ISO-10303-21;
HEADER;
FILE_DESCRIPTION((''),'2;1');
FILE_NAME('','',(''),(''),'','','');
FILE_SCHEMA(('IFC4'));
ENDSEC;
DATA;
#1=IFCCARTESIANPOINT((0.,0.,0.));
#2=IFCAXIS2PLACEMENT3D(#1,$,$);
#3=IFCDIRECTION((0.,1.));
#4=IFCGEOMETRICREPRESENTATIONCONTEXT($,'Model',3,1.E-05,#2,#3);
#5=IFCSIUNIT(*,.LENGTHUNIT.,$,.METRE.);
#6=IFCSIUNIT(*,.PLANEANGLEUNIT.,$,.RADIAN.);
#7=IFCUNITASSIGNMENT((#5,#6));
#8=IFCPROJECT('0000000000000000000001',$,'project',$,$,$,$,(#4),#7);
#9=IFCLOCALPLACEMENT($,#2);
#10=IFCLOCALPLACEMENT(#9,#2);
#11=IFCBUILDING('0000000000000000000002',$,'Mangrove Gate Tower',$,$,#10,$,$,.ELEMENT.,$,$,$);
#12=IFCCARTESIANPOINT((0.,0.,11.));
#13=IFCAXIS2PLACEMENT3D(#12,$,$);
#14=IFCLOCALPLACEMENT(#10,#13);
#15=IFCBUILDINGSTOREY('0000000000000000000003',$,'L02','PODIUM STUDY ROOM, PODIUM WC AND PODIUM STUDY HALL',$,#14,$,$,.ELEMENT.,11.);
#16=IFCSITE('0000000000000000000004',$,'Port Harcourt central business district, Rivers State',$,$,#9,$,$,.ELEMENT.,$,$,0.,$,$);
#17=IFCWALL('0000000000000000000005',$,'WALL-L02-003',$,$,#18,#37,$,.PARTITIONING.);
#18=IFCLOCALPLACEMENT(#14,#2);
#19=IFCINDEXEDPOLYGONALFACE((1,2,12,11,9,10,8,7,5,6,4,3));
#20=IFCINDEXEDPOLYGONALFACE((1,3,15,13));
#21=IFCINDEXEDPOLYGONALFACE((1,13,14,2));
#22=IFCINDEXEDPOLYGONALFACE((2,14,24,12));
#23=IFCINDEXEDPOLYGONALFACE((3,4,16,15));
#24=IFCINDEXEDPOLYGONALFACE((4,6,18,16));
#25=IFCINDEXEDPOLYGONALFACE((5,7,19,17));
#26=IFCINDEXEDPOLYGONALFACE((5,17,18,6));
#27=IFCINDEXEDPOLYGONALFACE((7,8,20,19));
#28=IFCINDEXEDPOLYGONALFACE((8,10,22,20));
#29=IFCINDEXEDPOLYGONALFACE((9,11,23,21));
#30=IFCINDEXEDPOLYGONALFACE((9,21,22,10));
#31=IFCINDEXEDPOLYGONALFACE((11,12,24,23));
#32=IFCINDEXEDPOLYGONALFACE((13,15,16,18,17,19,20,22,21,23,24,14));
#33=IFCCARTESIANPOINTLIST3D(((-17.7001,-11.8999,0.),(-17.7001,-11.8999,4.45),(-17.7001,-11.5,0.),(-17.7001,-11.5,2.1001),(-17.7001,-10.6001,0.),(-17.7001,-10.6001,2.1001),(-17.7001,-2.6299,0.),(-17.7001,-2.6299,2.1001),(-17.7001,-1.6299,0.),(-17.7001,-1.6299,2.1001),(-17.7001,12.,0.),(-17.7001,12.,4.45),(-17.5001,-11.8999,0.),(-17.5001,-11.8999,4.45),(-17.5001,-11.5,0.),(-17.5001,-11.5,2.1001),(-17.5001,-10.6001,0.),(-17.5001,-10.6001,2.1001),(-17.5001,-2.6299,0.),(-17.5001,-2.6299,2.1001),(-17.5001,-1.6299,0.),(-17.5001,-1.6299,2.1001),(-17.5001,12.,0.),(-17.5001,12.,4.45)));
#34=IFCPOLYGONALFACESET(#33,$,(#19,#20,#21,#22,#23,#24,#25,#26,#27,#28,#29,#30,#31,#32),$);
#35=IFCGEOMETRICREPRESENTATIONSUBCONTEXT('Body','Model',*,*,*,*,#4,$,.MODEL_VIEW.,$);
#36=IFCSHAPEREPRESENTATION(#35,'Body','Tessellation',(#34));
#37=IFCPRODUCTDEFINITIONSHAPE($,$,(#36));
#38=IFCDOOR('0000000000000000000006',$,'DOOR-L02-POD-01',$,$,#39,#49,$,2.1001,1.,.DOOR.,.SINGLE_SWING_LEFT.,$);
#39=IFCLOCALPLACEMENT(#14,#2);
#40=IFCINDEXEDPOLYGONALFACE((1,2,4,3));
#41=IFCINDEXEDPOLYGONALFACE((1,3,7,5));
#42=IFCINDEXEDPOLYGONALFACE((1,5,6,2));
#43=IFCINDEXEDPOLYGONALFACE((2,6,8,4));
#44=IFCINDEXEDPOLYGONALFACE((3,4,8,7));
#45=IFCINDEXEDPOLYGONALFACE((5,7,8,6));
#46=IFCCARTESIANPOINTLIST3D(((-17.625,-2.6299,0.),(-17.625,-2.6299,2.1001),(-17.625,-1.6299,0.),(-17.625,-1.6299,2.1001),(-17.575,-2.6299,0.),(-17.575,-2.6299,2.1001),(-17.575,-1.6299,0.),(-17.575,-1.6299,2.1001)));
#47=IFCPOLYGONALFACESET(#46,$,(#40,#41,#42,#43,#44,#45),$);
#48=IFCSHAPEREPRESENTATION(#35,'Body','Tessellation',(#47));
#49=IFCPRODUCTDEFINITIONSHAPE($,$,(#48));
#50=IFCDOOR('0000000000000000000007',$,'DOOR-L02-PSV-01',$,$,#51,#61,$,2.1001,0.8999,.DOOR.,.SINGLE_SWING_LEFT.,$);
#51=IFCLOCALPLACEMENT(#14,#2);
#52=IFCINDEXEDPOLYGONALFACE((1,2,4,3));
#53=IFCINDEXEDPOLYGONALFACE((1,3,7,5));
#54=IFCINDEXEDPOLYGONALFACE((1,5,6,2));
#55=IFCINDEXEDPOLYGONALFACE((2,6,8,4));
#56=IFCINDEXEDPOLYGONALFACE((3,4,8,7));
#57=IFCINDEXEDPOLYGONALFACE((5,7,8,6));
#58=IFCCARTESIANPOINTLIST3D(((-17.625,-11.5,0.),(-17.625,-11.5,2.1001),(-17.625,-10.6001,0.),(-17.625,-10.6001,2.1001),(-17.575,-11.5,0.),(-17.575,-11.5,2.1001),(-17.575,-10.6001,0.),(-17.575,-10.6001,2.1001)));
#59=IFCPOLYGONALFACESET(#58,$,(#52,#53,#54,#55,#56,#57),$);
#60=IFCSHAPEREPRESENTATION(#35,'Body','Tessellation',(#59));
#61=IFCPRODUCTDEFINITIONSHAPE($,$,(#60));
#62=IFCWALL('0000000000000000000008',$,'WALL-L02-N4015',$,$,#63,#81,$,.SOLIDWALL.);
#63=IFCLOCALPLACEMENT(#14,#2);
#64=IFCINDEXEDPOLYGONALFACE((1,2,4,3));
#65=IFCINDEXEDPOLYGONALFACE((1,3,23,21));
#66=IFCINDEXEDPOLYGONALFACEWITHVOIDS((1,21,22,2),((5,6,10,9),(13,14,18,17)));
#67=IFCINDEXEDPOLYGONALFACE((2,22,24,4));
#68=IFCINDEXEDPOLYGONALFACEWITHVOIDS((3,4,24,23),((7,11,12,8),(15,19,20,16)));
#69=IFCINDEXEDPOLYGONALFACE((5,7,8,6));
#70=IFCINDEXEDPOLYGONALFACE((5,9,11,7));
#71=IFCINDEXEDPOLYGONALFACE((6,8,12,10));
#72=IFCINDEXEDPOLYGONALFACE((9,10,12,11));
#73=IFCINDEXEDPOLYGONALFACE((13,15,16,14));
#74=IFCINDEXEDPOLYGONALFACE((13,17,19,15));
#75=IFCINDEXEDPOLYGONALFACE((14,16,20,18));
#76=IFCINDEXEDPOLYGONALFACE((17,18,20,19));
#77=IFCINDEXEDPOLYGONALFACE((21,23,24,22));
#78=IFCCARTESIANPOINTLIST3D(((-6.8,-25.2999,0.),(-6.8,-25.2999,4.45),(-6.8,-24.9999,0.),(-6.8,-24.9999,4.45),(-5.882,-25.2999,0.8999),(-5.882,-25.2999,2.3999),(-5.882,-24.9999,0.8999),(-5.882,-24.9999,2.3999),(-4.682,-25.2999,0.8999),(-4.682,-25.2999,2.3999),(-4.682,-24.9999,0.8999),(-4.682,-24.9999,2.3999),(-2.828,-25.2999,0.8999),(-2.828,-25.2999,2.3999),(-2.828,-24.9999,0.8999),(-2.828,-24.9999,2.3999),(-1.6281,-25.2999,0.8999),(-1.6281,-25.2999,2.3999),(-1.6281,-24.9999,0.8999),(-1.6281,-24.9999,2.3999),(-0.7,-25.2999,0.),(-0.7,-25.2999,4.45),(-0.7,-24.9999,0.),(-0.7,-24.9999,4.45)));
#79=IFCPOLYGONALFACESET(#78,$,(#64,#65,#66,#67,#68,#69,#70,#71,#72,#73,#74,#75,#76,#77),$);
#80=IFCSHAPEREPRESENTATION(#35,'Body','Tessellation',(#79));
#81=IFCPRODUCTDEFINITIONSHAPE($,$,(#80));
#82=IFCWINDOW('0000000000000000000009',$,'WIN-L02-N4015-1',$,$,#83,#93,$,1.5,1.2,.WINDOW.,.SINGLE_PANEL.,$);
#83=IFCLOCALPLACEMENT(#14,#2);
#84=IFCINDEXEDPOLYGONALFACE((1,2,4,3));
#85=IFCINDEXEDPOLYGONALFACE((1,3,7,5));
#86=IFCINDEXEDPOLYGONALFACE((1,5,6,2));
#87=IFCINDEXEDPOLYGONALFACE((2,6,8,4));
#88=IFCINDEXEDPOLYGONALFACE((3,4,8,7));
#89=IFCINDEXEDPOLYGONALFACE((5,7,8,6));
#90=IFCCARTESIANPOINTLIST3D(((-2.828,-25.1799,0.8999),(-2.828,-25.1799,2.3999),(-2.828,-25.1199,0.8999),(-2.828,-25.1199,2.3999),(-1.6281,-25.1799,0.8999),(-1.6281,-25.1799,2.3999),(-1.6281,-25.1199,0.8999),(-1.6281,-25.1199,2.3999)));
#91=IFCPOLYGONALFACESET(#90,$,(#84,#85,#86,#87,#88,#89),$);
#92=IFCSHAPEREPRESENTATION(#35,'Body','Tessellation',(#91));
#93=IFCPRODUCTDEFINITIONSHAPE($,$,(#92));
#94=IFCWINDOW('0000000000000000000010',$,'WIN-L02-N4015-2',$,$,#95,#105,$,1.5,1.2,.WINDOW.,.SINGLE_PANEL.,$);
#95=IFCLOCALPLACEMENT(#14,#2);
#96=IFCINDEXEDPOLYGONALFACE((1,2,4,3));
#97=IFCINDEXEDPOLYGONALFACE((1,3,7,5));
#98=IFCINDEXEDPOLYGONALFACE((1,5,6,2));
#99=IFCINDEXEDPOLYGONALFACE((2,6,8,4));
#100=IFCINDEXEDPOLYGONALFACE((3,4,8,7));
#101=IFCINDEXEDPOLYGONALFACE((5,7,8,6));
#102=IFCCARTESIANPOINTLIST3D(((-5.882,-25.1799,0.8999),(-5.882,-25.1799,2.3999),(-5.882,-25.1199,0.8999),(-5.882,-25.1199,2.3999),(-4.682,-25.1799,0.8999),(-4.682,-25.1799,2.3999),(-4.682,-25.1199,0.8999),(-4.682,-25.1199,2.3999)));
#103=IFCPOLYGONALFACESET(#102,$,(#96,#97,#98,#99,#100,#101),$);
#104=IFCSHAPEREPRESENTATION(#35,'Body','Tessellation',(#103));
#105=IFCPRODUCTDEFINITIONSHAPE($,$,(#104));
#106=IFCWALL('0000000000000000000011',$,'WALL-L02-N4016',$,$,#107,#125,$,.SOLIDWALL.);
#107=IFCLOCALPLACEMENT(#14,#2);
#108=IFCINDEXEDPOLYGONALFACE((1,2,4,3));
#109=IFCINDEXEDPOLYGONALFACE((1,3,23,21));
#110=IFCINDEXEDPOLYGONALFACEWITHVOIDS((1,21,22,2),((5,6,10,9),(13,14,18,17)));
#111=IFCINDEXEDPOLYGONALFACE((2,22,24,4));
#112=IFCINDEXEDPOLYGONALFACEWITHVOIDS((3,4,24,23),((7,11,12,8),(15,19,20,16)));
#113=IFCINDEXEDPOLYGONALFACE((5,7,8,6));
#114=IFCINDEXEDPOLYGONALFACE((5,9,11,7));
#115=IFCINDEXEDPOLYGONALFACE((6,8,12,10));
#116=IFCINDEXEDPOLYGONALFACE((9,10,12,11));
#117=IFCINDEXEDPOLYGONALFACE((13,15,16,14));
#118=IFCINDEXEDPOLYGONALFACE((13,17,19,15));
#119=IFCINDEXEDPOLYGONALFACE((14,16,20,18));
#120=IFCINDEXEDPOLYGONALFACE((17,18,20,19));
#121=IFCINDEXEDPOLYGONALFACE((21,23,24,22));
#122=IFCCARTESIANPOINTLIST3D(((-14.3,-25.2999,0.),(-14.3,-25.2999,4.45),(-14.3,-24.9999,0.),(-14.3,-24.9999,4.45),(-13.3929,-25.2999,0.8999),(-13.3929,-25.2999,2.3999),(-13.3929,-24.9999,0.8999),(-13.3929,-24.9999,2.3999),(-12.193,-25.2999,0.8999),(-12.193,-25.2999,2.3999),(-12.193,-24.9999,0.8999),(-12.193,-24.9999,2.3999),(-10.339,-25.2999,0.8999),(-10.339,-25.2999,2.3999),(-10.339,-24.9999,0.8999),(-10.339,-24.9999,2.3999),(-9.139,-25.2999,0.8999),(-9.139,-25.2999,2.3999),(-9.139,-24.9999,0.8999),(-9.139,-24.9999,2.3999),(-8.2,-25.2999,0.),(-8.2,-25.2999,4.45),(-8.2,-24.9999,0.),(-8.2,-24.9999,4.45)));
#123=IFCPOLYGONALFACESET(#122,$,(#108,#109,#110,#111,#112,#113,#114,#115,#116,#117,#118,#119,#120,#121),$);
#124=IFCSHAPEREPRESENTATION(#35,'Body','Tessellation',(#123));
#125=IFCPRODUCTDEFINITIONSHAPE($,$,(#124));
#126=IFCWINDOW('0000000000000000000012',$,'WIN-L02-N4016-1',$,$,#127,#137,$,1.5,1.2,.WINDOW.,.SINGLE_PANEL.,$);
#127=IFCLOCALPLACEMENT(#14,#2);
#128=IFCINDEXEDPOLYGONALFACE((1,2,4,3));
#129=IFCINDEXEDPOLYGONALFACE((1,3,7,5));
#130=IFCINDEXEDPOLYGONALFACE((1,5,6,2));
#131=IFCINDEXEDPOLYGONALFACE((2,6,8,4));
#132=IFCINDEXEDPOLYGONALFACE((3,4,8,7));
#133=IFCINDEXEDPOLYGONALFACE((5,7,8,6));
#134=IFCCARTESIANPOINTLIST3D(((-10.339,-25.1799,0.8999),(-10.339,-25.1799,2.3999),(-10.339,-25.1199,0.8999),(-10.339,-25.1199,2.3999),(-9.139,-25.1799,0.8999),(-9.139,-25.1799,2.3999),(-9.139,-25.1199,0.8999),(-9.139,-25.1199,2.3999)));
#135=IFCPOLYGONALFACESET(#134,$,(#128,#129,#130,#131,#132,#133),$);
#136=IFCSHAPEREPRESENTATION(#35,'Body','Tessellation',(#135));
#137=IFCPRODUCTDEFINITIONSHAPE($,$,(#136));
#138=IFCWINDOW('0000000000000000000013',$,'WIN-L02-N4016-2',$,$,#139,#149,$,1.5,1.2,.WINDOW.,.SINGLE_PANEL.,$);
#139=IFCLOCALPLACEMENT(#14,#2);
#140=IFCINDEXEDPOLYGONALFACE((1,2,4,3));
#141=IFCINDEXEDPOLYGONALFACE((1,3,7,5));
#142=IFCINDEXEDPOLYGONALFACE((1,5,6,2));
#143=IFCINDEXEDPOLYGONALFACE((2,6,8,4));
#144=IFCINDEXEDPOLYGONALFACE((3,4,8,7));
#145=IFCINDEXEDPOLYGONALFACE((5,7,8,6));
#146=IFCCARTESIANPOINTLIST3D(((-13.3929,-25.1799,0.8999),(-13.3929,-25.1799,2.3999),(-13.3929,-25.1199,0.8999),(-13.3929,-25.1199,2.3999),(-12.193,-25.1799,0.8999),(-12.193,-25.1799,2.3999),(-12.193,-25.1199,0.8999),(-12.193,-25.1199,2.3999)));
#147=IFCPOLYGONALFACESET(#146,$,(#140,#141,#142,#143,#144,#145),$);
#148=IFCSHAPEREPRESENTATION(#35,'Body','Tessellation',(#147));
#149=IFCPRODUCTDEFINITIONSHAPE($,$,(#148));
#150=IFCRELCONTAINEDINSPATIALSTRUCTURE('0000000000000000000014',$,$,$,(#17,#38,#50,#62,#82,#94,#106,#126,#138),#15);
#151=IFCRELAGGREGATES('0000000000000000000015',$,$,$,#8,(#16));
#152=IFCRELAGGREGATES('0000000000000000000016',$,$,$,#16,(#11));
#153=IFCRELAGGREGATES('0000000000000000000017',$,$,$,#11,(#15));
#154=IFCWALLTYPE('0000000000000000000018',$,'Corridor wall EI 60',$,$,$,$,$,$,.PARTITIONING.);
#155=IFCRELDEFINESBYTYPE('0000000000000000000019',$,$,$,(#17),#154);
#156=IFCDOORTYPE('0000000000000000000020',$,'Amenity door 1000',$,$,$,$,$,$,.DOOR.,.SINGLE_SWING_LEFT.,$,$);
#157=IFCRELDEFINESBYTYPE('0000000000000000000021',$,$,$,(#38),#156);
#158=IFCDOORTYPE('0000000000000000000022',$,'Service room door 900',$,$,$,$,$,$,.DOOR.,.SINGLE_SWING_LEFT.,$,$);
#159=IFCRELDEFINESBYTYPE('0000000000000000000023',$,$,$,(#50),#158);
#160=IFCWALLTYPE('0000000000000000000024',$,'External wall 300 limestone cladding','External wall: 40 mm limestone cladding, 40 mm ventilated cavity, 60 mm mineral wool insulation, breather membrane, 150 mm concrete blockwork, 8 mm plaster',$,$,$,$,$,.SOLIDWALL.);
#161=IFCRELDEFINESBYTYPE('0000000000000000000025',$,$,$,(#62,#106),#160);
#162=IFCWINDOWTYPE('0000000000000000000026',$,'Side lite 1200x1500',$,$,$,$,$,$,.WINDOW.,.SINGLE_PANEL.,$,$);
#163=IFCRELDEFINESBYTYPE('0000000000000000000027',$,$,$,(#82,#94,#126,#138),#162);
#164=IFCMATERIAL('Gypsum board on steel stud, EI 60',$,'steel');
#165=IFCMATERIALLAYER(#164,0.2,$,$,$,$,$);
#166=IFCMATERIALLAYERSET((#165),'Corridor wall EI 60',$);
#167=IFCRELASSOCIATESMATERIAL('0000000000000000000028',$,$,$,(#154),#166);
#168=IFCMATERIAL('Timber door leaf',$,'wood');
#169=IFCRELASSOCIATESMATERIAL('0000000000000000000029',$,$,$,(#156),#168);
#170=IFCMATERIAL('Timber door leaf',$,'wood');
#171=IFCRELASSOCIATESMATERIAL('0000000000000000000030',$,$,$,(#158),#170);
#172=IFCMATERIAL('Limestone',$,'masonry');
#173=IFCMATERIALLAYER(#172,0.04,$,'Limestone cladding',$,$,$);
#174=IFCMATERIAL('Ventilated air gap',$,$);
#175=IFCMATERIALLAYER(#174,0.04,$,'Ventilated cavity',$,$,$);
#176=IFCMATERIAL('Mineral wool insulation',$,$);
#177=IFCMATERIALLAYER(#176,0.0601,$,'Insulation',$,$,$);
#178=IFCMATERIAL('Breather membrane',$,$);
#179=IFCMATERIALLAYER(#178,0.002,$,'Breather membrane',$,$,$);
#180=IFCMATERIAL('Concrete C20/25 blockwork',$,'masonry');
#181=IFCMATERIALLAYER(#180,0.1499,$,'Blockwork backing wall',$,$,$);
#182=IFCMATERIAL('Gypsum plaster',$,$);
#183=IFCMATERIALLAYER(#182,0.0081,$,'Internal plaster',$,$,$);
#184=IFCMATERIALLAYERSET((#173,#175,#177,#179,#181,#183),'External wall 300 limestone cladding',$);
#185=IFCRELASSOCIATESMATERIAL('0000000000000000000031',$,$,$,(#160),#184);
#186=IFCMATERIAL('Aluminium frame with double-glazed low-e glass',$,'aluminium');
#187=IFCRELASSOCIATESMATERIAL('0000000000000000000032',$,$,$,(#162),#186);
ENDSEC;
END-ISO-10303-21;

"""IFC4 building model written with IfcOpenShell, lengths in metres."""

from ifc_helpers import new_model, si_unit, direction, frame, frame_2d, origin, place, context, subcontext, project, spatial, rectangle, extrude, material, layer, layer_set, type_object, element, fill, save


model = new_model("IFC4")

# Units and contexts
model_context = context("Model", 3, precision=1e-05, world=origin(), true_north=direction((0.0, 1.0)))
body_context = subcontext(model_context, "Body", "Model", "MODEL_VIEW")
ifc_project = project(units=[si_unit("LENGTHUNIT", "METRE"), si_unit("PLANEANGLEUNIT", "RADIAN")], contexts=[model_context])

# Site, building, storey
site_placement = place(None, origin())
site = spatial("IfcSite", under=ifc_project, at=site_placement, Name="Port Harcourt central business district, Rivers State", CompositionType="ELEMENT", RefElevation=0.0)
building_placement = place(site_placement, origin())
building = spatial("IfcBuilding", under=site, at=building_placement, Name="Mangrove Gate Tower", CompositionType="ELEMENT")
storey_placement = place(building_placement, frame((0.0, 0.0, 11.0)))
storey = spatial("IfcBuildingStorey", under=building, at=storey_placement, Name="L02", Description="PODIUM STUDY ROOM, PODIUM WC AND PODIUM STUDY HALL", CompositionType="ELEMENT", Elevation=11.0)

# Wall, openings, doors
ifc_material_1 = material(Name="Gypsum board on steel stud, EI 60", Category="steel")
ifc_layer_1 = layer(ifc_material_1, 0.2)
ifc_layer_set_1 = layer_set([ifc_layer_1], Name="Corridor wall EI 60")
wall_type_1 = type_object("IfcWallType", Name="Corridor wall EI 60", PredefinedType="PARTITIONING", material=ifc_layer_set_1)
wall_1_placement = place(storey_placement, frame((-17.6001, -11.8999, 0.0), z_axis=(0.0, 0.0, 1.0), x_axis=(0.0, 1.0, 0.0)))
wall_1 = element("IfcWall", 1, at=wall_1_placement, inside=storey, type_object=wall_type_1, Name="WALL-L02-003", PredefinedType="PARTITIONING", context=body_context, shape_type="SweptSolid", body=[
    extrude(rectangle(XDim=23.8999, YDim=0.2, at=frame_2d((11.95, 0.0))), origin(), (0.0, 0.0, 1.0), 4.45),
])
opening_1_placement = place(wall_1_placement, frame((9.27, 0.0, 0.0)))
opening_1 = element("IfcOpeningElement", 2, at=opening_1_placement, cuts=wall_1, PredefinedType="OPENING", context=body_context, shape_type="SweptSolid", body=[
    extrude(rectangle(XDim=1.0, YDim=2.1001, at=frame_2d((0.5, 1.05))), frame((0.0, 0.1099, 0.0), z_axis=(0.0, -1.0, 0.0), x_axis=(1.0, 0.0, 0.0)), (0.0, 0.0, 1.0), 0.22),
])
opening_2_placement = place(wall_1_placement, frame((0.3999, 0.0, 0.0)))
opening_2 = element("IfcOpeningElement", 3, at=opening_2_placement, cuts=wall_1, PredefinedType="OPENING", context=body_context, shape_type="SweptSolid", body=[
    extrude(rectangle(XDim=0.8999, YDim=2.1001, at=frame_2d((0.45, 1.05))), frame((0.0, 0.1099, 0.0), z_axis=(0.0, -1.0, 0.0), x_axis=(1.0, 0.0, 0.0)), (0.0, 0.0, 1.0), 0.22),
])
ifc_material_2 = material(Name="Timber door leaf", Category="wood")
door_type_1 = type_object("IfcDoorType", Name="Amenity door 1000", OperationType="SINGLE_SWING_LEFT", PredefinedType="DOOR", material=ifc_material_2)
door_1_placement = place(opening_1_placement, origin())
door_1 = element("IfcDoor", 4, at=door_1_placement, inside=storey, type_object=door_type_1, Name="DOOR-L02-POD-01", OperationType="SINGLE_SWING_LEFT", OverallHeight=2.1001, OverallWidth=1.0, PredefinedType="DOOR", context=body_context, shape_type="SweptSolid", body=[
    extrude(rectangle(XDim=1.0, YDim=2.1001, at=frame_2d((0.5, 1.05))), frame((0.0, 0.0249, 0.0), z_axis=(0.0, -1.0, 0.0), x_axis=(1.0, 0.0, 0.0)), (0.0, 0.0, 1.0), 0.05),
])
fill(opening_1, door_1)
ifc_material_3 = material(Name="Timber door leaf", Category="wood")
door_type_2 = type_object("IfcDoorType", Name="Service room door 900", OperationType="SINGLE_SWING_LEFT", PredefinedType="DOOR", material=ifc_material_3)
door_2_placement = place(opening_2_placement, origin())
door_2 = element("IfcDoor", 5, at=door_2_placement, inside=storey, type_object=door_type_2, Name="DOOR-L02-PSV-01", OperationType="SINGLE_SWING_LEFT", OverallHeight=2.1001, OverallWidth=0.8999, PredefinedType="DOOR", context=body_context, shape_type="SweptSolid", body=[
    extrude(rectangle(XDim=0.8999, YDim=2.1001, at=frame_2d((0.45, 1.05))), frame((0.0, 0.0249, 0.0), z_axis=(0.0, -1.0, 0.0), x_axis=(1.0, 0.0, 0.0)), (0.0, 0.0, 1.0), 0.05),
])
fill(opening_2, door_2)

# Walls, openings, windows
ifc_material_4 = material(Name="Limestone", Category="masonry")
ifc_layer_2 = layer(ifc_material_4, 0.04, Name="Limestone cladding")
ifc_material_5 = material(Name="Ventilated air gap")
ifc_layer_3 = layer(ifc_material_5, 0.04, Name="Ventilated cavity")
ifc_material_6 = material(Name="Mineral wool insulation")
ifc_layer_4 = layer(ifc_material_6, 0.0601, Name="Insulation")
ifc_material_7 = material(Name="Breather membrane")
ifc_layer_5 = layer(ifc_material_7, 0.002, Name="Breather membrane")
ifc_material_8 = material(Name="Concrete C20/25 blockwork", Category="masonry")
ifc_layer_6 = layer(ifc_material_8, 0.1499, Name="Blockwork backing wall")
ifc_material_9 = material(Name="Gypsum plaster")
ifc_layer_7 = layer(ifc_material_9, 0.0081, Name="Internal plaster")
ifc_layer_set_2 = layer_set([ifc_layer_2, ifc_layer_3, ifc_layer_4, ifc_layer_5, ifc_layer_6, ifc_layer_7], Name="External wall 300 limestone cladding")
wall_type_2 = type_object("IfcWallType", Name="External wall 300 limestone cladding", Description="External wall: 40 mm limestone cladding, 40 mm ventilated cavity, 60 mm mineral wool insulation, breather membrane, 150 mm concrete blockwork, 8 mm plaster", PredefinedType="SOLIDWALL", material=ifc_layer_set_2)
wall_2_placement = place(storey_placement, frame((-0.7, -25.1499, 0.0), z_axis=(0.0, 0.0, 1.0), x_axis=(-1.0, 0.0, 0.0)))
wall_2 = element("IfcWall", 6, at=wall_2_placement, inside=storey, type_object=wall_type_2, Name="WALL-L02-N4015", PredefinedType="SOLIDWALL", context=body_context, shape_type="SweptSolid", body=[
    extrude(rectangle(XDim=6.1001, YDim=0.3, at=frame_2d((3.05, 0.0))), origin(), (0.0, 0.0, 1.0), 4.45),
])
opening_3_placement = place(wall_2_placement, frame((0.928, 0.0, 0.8999)))
opening_3 = element("IfcOpeningElement", 7, at=opening_3_placement, cuts=wall_2, PredefinedType="OPENING", context=body_context, shape_type="SweptSolid", body=[
    extrude(rectangle(XDim=1.2, YDim=1.5, at=frame_2d((0.6001, 0.75))), frame((0.0, 0.1599, 0.0), z_axis=(0.0, -1.0, 0.0), x_axis=(1.0, 0.0, 0.0)), (0.0, 0.0, 1.0), 0.3201),
])
opening_4_placement = place(wall_2_placement, frame((3.9819, 0.0, 0.8999)))
opening_4 = element("IfcOpeningElement", 8, at=opening_4_placement, cuts=wall_2, PredefinedType="OPENING", context=body_context, shape_type="SweptSolid", body=[
    extrude(rectangle(XDim=1.2, YDim=1.5, at=frame_2d((0.6001, 0.75))), frame((0.0, 0.1599, 0.0), z_axis=(0.0, -1.0, 0.0), x_axis=(1.0, 0.0, 0.0)), (0.0, 0.0, 1.0), 0.3201),
])
ifc_material_10 = material(Name="Aluminium frame with double-glazed low-e glass", Category="aluminium")
window_type_1 = type_object("IfcWindowType", Name="Side lite 1200x1500", PartitioningType="SINGLE_PANEL", PredefinedType="WINDOW", material=ifc_material_10)
window_1_placement = place(opening_3_placement, origin())
window_1 = element("IfcWindow", 9, at=window_1_placement, inside=storey, type_object=window_type_1, Name="WIN-L02-N4015-1", OverallHeight=1.5, OverallWidth=1.2, PartitioningType="SINGLE_PANEL", PredefinedType="WINDOW", context=body_context, shape_type="SweptSolid", body=[
    extrude(rectangle(XDim=1.2, YDim=1.5, at=frame_2d((0.6001, 0.75))), frame((0.0, 0.03, 0.0), z_axis=(0.0, -1.0, 0.0), x_axis=(1.0, 0.0, 0.0)), (0.0, 0.0, 1.0), 0.0601),
])
fill(opening_3, window_1)
window_2_placement = place(opening_4_placement, origin())
window_2 = element("IfcWindow", 10, at=window_2_placement, inside=storey, type_object=window_type_1, Name="WIN-L02-N4015-2", OverallHeight=1.5, OverallWidth=1.2, PartitioningType="SINGLE_PANEL", PredefinedType="WINDOW", context=body_context, shape_type="SweptSolid", body=[
    extrude(rectangle(XDim=1.2, YDim=1.5, at=frame_2d((0.6001, 0.75))), frame((0.0, 0.03, 0.0), z_axis=(0.0, -1.0, 0.0), x_axis=(1.0, 0.0, 0.0)), (0.0, 0.0, 1.0), 0.0601),
])
fill(opening_4, window_2)
wall_3_placement = place(storey_placement, frame((-8.2, -25.1499, 0.0), z_axis=(0.0, 0.0, 1.0), x_axis=(-1.0, 0.0, 0.0)))
wall_3 = element("IfcWall", 11, at=wall_3_placement, inside=storey, type_object=wall_type_2, Name="WALL-L02-N4016", PredefinedType="SOLIDWALL", context=body_context, shape_type="SweptSolid", body=[
    extrude(rectangle(XDim=6.1001, YDim=0.3, at=frame_2d((3.05, 0.0))), origin(), (0.0, 0.0, 1.0), 4.45),
])
opening_5_placement = place(wall_3_placement, frame((0.939, 0.0, 0.8999)))
opening_5 = element("IfcOpeningElement", 12, at=opening_5_placement, cuts=wall_3, PredefinedType="OPENING", context=body_context, shape_type="SweptSolid", body=[
    extrude(rectangle(XDim=1.2, YDim=1.5, at=frame_2d((0.6001, 0.75))), frame((0.0, 0.1599, 0.0), z_axis=(0.0, -1.0, 0.0), x_axis=(1.0, 0.0, 0.0)), (0.0, 0.0, 1.0), 0.3201),
])
opening_6_placement = place(wall_3_placement, frame((3.9929, 0.0, 0.8999)))
opening_6 = element("IfcOpeningElement", 13, at=opening_6_placement, cuts=wall_3, PredefinedType="OPENING", context=body_context, shape_type="SweptSolid", body=[
    extrude(rectangle(XDim=1.2, YDim=1.5, at=frame_2d((0.6001, 0.75))), frame((0.0, 0.1599, 0.0), z_axis=(0.0, -1.0, 0.0), x_axis=(1.0, 0.0, 0.0)), (0.0, 0.0, 1.0), 0.3201),
])
window_3_placement = place(opening_5_placement, origin())
window_3 = element("IfcWindow", 14, at=window_3_placement, inside=storey, type_object=window_type_1, Name="WIN-L02-N4016-1", OverallHeight=1.5, OverallWidth=1.2, PartitioningType="SINGLE_PANEL", PredefinedType="WINDOW", context=body_context, shape_type="SweptSolid", body=[
    extrude(rectangle(XDim=1.2, YDim=1.5, at=frame_2d((0.6001, 0.75))), frame((0.0, 0.03, 0.0), z_axis=(0.0, -1.0, 0.0), x_axis=(1.0, 0.0, 0.0)), (0.0, 0.0, 1.0), 0.0601),
])
fill(opening_5, window_3)
window_4_placement = place(opening_6_placement, origin())
window_4 = element("IfcWindow", 15, at=window_4_placement, inside=storey, type_object=window_type_1, Name="WIN-L02-N4016-2", OverallHeight=1.5, OverallWidth=1.2, PartitioningType="SINGLE_PANEL", PredefinedType="WINDOW", context=body_context, shape_type="SweptSolid", body=[
    extrude(rectangle(XDim=1.2, YDim=1.5, at=frame_2d((0.6001, 0.75))), frame((0.0, 0.03, 0.0), z_axis=(0.0, -1.0, 0.0), x_axis=(1.0, 0.0, 0.0)), (0.0, 0.0, 1.0), 0.0601),
])
fill(opening_6, window_4)

save(model, "model.ifc")
